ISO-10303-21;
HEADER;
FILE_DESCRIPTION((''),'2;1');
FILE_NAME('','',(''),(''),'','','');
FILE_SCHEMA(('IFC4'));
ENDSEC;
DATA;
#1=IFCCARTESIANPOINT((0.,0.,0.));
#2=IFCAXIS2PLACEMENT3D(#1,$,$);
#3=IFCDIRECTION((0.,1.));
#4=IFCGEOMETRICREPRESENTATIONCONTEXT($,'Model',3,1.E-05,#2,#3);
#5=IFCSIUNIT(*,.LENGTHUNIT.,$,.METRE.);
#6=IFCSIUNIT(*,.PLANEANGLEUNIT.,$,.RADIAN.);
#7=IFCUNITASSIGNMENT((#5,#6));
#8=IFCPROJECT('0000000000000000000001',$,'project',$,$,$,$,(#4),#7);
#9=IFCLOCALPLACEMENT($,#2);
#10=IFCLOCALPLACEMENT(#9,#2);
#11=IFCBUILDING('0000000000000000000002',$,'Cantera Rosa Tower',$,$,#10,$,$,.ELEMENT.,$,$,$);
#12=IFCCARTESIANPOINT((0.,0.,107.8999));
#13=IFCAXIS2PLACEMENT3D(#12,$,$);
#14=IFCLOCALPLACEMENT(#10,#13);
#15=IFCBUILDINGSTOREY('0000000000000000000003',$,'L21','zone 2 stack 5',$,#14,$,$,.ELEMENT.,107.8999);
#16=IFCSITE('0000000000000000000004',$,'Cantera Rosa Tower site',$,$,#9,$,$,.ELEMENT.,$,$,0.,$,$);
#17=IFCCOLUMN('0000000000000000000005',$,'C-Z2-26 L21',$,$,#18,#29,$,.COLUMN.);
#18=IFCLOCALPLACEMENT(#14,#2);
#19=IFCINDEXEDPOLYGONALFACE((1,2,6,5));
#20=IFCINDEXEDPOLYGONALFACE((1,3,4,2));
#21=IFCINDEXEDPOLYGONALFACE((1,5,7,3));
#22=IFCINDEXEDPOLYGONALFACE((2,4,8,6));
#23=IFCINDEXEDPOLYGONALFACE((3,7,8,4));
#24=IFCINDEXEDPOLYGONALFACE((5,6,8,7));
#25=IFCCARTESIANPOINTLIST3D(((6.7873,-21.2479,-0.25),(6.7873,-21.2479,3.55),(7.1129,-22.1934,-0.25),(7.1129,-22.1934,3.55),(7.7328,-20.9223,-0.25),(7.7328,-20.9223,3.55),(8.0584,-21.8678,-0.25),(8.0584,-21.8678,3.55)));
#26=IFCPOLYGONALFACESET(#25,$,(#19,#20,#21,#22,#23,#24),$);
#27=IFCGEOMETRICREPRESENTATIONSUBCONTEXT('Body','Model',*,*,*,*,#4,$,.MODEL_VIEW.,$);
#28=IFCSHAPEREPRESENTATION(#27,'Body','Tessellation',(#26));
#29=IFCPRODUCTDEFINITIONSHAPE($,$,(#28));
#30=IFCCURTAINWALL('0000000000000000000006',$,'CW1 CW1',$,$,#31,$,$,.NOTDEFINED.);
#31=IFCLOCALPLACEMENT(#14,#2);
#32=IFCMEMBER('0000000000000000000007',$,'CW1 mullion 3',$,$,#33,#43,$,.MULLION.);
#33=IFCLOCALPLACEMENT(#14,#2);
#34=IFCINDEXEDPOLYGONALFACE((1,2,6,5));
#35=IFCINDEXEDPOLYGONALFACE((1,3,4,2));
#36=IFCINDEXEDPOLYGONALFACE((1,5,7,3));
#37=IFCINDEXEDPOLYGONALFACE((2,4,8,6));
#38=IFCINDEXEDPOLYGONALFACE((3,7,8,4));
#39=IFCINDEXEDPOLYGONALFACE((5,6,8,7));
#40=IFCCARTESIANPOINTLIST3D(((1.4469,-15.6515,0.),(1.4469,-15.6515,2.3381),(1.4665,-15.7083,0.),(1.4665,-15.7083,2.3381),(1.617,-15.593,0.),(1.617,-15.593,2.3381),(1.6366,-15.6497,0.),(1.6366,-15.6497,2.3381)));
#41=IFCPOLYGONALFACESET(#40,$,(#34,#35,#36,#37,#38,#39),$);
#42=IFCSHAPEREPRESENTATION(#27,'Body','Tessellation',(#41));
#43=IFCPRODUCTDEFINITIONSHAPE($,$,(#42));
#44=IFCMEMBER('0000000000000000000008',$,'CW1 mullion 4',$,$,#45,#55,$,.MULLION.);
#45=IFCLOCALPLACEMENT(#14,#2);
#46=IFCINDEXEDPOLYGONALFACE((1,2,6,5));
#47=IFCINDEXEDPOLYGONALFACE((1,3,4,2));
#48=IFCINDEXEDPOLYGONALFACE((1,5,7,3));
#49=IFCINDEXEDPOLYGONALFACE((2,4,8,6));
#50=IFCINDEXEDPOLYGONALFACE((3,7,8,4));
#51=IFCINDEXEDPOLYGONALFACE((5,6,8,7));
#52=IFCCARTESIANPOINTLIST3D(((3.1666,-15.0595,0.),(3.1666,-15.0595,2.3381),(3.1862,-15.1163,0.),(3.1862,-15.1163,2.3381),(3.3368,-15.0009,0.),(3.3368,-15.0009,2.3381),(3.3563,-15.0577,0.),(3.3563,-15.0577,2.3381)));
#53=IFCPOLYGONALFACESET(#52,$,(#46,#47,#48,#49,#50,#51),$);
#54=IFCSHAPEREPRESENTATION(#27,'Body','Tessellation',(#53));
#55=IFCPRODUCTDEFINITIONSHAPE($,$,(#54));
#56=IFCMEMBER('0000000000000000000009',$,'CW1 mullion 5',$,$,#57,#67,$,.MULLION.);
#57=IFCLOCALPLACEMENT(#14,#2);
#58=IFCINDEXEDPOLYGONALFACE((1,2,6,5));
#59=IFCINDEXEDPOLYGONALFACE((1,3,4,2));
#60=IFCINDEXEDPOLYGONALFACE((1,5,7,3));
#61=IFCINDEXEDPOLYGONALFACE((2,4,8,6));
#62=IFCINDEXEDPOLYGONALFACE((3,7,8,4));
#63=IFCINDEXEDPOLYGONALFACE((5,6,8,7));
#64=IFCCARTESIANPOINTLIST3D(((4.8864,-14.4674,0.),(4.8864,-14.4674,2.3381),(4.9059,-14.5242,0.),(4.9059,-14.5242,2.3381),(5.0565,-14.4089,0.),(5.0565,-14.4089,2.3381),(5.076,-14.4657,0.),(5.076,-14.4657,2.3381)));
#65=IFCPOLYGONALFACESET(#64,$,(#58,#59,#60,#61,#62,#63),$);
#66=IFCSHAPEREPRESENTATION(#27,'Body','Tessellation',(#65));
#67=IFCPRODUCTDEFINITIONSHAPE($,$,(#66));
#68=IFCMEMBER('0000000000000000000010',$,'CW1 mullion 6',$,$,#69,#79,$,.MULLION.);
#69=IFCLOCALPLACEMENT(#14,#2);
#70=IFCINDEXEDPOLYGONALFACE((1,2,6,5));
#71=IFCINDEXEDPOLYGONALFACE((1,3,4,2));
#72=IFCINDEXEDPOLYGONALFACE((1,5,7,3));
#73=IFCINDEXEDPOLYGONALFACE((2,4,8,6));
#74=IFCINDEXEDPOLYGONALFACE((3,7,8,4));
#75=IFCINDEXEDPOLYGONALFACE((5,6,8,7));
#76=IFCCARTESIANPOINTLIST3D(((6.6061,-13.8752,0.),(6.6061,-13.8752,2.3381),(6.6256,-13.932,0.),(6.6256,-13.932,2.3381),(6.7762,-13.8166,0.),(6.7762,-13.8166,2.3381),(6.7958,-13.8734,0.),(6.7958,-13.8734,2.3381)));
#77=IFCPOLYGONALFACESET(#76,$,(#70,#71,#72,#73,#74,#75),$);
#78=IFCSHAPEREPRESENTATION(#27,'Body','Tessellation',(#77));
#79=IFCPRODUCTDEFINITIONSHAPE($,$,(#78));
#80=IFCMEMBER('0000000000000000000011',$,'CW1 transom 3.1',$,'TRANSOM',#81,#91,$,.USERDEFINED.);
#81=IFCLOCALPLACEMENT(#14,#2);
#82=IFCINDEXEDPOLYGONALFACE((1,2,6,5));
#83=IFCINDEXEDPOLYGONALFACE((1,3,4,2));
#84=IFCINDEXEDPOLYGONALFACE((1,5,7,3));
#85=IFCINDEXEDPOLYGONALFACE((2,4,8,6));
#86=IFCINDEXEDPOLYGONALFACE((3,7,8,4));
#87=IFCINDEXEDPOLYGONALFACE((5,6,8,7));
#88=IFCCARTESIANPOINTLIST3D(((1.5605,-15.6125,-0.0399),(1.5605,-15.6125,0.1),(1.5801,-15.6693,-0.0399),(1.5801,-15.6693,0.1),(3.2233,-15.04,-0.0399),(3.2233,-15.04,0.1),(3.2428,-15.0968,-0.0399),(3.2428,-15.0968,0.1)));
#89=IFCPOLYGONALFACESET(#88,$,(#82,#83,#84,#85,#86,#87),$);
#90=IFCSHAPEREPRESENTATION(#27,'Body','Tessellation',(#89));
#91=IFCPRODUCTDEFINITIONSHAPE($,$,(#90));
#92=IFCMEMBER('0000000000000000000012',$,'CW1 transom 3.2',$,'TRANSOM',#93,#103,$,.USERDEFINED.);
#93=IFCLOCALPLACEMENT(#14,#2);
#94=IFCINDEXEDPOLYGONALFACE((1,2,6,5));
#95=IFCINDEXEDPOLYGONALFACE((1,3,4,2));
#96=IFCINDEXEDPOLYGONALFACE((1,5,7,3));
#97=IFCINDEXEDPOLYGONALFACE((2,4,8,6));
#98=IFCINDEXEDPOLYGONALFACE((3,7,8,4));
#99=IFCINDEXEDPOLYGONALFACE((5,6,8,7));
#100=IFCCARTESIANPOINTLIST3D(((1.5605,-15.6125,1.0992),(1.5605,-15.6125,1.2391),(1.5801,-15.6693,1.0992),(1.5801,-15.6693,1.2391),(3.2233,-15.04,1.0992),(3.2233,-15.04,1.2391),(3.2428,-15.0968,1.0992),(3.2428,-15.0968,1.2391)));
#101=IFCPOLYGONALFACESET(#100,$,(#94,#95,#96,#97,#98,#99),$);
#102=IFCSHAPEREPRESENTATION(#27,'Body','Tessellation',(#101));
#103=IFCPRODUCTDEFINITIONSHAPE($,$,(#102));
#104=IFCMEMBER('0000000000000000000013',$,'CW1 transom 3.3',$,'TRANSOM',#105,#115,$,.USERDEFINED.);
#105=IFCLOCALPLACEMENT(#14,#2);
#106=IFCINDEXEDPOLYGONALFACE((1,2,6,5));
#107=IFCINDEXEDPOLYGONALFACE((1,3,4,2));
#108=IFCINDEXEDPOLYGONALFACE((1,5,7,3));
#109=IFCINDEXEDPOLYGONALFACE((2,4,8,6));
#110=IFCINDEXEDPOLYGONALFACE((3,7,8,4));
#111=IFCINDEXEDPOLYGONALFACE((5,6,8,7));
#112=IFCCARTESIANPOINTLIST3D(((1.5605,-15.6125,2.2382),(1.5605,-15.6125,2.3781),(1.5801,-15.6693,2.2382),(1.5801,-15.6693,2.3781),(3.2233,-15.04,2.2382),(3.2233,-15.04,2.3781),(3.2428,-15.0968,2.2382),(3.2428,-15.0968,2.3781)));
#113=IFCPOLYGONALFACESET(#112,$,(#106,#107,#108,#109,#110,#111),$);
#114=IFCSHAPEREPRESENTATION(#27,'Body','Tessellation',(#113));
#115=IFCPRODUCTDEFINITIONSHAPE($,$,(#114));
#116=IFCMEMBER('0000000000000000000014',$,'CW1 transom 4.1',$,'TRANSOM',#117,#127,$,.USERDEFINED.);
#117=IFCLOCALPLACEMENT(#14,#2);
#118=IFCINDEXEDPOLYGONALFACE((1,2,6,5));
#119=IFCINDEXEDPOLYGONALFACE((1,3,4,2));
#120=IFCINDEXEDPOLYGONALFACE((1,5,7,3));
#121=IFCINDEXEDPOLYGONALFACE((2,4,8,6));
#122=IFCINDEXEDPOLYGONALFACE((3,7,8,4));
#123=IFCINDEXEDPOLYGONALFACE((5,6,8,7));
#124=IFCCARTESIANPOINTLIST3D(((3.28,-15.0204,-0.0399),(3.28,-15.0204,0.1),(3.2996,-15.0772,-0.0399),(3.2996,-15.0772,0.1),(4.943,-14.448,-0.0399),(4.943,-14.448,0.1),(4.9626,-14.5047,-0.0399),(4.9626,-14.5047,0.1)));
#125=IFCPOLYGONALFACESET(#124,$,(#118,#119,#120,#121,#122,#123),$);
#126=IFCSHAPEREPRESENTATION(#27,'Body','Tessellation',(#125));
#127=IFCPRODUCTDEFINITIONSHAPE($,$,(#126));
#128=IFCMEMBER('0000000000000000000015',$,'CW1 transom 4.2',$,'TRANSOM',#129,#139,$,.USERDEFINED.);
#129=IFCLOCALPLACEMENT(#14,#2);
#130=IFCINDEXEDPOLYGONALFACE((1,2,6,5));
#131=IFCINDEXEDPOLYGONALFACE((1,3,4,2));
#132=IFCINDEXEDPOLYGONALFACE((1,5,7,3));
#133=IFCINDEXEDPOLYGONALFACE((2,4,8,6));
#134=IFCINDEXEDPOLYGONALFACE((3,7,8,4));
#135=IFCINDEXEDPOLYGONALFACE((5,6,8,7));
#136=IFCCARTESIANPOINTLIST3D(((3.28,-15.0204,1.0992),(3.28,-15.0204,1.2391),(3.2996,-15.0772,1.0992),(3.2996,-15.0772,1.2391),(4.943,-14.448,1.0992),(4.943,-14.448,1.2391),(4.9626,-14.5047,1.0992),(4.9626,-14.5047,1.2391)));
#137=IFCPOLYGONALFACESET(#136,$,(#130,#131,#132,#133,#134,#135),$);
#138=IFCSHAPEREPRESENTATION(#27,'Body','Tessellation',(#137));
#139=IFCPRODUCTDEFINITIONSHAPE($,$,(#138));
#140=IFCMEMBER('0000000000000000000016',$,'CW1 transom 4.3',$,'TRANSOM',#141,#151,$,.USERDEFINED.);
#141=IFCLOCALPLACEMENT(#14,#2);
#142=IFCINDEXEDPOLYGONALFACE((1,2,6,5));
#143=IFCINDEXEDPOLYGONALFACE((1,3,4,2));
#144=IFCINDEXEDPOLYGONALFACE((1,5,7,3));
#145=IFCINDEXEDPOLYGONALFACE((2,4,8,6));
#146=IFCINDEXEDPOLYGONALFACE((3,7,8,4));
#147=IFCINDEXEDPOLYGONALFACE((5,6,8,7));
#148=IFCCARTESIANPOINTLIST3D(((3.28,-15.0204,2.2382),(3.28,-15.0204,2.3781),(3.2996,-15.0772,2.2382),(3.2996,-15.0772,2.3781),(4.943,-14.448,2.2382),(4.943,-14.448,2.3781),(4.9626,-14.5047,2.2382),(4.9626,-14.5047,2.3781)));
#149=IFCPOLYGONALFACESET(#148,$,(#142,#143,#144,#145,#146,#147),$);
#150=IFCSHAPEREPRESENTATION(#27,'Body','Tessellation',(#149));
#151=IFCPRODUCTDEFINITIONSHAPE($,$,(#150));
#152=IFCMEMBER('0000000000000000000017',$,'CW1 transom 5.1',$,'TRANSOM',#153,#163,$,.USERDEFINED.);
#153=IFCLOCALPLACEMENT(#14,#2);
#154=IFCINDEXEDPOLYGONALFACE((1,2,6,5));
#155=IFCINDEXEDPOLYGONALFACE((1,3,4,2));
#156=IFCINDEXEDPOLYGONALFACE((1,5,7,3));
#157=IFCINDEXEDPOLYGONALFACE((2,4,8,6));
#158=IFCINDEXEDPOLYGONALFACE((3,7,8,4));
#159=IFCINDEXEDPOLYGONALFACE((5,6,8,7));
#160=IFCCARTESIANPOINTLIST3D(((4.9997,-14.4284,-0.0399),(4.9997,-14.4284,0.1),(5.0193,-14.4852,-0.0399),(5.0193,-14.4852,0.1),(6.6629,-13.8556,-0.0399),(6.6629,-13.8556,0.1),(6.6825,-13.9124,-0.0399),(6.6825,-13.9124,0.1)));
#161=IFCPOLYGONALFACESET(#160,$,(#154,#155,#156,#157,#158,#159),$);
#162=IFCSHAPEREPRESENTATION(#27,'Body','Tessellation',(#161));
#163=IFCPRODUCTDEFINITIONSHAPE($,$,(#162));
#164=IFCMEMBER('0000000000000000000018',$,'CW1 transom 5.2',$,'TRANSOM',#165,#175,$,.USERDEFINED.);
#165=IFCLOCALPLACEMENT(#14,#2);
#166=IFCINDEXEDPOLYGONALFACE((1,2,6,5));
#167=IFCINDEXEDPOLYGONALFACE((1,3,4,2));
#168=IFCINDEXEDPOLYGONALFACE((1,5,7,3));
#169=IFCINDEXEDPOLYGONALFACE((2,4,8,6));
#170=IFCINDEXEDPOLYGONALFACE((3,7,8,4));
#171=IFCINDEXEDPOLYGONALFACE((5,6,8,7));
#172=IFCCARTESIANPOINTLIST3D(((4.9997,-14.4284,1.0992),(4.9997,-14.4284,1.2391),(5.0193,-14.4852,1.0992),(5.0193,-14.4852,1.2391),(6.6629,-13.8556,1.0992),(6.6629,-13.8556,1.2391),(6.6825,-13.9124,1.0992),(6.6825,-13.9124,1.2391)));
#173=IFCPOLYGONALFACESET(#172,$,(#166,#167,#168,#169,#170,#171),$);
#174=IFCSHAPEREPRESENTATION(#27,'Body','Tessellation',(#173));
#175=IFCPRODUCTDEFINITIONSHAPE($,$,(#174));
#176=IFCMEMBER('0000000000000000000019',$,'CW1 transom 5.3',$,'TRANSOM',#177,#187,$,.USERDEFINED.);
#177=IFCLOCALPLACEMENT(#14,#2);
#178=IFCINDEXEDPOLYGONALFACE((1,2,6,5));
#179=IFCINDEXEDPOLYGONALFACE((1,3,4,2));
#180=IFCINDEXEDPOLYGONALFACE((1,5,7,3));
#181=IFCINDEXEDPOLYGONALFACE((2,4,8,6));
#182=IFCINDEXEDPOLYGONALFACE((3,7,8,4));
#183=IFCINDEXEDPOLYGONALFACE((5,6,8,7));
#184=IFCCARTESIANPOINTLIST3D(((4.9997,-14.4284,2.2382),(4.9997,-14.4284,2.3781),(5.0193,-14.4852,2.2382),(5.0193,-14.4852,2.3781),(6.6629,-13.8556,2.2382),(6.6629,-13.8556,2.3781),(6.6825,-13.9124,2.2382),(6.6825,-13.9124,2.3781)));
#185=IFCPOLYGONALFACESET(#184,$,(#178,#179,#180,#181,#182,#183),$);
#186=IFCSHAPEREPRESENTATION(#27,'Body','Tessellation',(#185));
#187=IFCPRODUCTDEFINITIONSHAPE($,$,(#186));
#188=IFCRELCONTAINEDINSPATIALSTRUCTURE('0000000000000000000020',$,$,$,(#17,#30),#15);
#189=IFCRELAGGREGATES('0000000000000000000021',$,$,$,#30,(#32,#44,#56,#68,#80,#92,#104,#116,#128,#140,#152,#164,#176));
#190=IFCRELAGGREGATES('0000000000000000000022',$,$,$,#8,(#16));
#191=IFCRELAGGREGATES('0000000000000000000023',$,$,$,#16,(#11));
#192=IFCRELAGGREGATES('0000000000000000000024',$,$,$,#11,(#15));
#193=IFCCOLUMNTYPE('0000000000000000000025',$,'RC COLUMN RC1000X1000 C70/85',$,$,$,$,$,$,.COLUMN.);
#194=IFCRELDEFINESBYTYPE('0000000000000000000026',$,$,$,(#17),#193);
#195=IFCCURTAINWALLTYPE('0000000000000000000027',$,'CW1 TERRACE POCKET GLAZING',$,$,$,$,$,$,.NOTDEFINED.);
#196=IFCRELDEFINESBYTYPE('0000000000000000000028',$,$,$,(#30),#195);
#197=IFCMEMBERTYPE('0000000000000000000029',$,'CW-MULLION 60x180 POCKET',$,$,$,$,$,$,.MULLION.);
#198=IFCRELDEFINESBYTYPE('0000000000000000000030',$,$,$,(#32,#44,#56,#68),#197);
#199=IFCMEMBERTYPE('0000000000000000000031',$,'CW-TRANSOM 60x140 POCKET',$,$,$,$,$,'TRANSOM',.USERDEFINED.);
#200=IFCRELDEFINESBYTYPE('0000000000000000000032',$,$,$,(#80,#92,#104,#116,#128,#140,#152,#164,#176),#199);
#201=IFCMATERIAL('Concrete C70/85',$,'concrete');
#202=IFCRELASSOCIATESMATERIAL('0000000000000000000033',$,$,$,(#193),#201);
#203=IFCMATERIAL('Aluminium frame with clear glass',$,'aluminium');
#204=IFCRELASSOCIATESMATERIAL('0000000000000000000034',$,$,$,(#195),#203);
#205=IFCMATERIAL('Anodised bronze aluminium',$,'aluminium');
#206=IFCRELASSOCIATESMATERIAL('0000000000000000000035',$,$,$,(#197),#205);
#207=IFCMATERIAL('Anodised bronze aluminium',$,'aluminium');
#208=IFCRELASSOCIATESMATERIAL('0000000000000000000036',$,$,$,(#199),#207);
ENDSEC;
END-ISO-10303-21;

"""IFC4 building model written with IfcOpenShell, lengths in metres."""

from ifc_helpers import new_model, si_unit, direction, frame, origin, origin_2d, place, context, subcontext, project, spatial, rectangle, extrude, material, material_profile, profile_set, type_object, element, aggregate, save


model = new_model("IFC4")

# Units and contexts
model_context = context("Model", 3, precision=1e-05, world=origin(), true_north=direction((0.0, 1.0)))
body_context = subcontext(model_context, "Body", "Model", "MODEL_VIEW")
ifc_project = project(units=[si_unit("LENGTHUNIT", "METRE"), si_unit("PLANEANGLEUNIT", "RADIAN")], contexts=[model_context])

# Site, building, storey
site_placement = place(None, origin())
site = spatial("IfcSite", under=ifc_project, at=site_placement, Name="Cantera Rosa Tower site", CompositionType="ELEMENT", RefElevation=0.0)
building_placement = place(site_placement, origin())
building = spatial("IfcBuilding", under=site, at=building_placement, Name="Cantera Rosa Tower", CompositionType="ELEMENT")
storey_placement = place(building_placement, frame((0.0, 0.0, 107.8999)))
storey = spatial("IfcBuildingStorey", under=building, at=storey_placement, Name="L21", Description="zone 2 stack 5", CompositionType="ELEMENT", Elevation=107.8999)

# Column
ifc_material_1 = material(Name="Concrete C70/85", Category="concrete")
ifc_material_profile_1 = material_profile(ifc_material_1, rectangle(XDim=1.0, YDim=1.0, at=origin_2d()), Name="RC COLUMN RC1000X1000 C70/85")
ifc_profile_set_1 = profile_set([ifc_material_profile_1], Name="Concrete C70/85")
column_type = type_object("IfcColumnType", Name="RC COLUMN RC1000X1000 C70/85", PredefinedType="COLUMN", material=ifc_profile_set_1)
column_placement = place(storey_placement, frame((7.4229, -21.5579, -0.25), z_axis=(0.0, 0.0, 1.0), x_axis=(0.945519, 0.325568, 0.0)))
element("IfcColumn", 1, at=column_placement, inside=storey, type_object=column_type, Name="C-Z2-26 L21", PredefinedType="COLUMN", context=body_context, shape_type="SweptSolid", body=[
    extrude(rectangle(XDim=1.0, YDim=1.0, at=origin_2d()), origin(), (0.0, 0.0, 1.0), 3.8),
])

# Curtain wall, members
ifc_material_2 = material(Name="Aluminium frame with clear glass", Category="aluminium")
curtain_wall_type = type_object("IfcCurtainWallType", Name="CW1 TERRACE POCKET GLAZING", PredefinedType="NOTDEFINED", material=ifc_material_2)
curtain_wall_placement = place(storey_placement, origin())
curtain_wall = element("IfcCurtainWall", 2, at=curtain_wall_placement, inside=storey, type_object=curtain_wall_type, Name="CW1 CW1", PredefinedType="NOTDEFINED")
ifc_material_3 = material(Name="Anodised bronze aluminium", Category="aluminium")
ifc_material_profile_2 = material_profile(ifc_material_3, rectangle(XDim=0.0601, YDim=0.1799, at=origin_2d()), Name="CW-MULLION 60x180 POCKET")
ifc_profile_set_2 = profile_set([ifc_material_profile_2], Name="Anodised bronze aluminium")
member_type_1 = type_object("IfcMemberType", Name="CW-MULLION 60x180 POCKET", PredefinedType="MULLION", material=ifc_profile_set_2)
member_1_placement = place(storey_placement, frame((1.5417, -15.6506, 0.0), z_axis=(0.0, 0.0, 1.0), x_axis=(-0.325568, 0.945519, 0.0)))
member_1 = element("IfcMember", 3, at=member_1_placement, type_object=member_type_1, Name="CW1 mullion 3", PredefinedType="MULLION", context=body_context, shape_type="SweptSolid", body=[
    extrude(rectangle(XDim=0.0601, YDim=0.1799, at=origin_2d()), origin(), (0.0, 0.0, 1.0), 2.3381),
])
member_2_placement = place(storey_placement, frame((3.2615, -15.0586, 0.0), z_axis=(0.0, 0.0, 1.0), x_axis=(-0.325568, 0.945519, 0.0)))
member_2 = element("IfcMember", 4, at=member_2_placement, type_object=member_type_1, Name="CW1 mullion 4", PredefinedType="MULLION", context=body_context, shape_type="SweptSolid", body=[
    extrude(rectangle(XDim=0.0601, YDim=0.1799, at=origin_2d()), origin(), (0.0, 0.0, 1.0), 2.3381),
])
member_3_placement = place(storey_placement, frame((4.9812, -14.4666, 0.0), z_axis=(0.0, 0.0, 1.0), x_axis=(-0.325568, 0.945519, 0.0)))
member_3 = element("IfcMember", 5, at=member_3_placement, type_object=member_type_1, Name="CW1 mullion 5", PredefinedType="MULLION", context=body_context, shape_type="SweptSolid", body=[
    extrude(rectangle(XDim=0.0601, YDim=0.1799, at=origin_2d()), origin(), (0.0, 0.0, 1.0), 2.3381),
])
member_4_placement = place(storey_placement, frame((6.7009, -13.8743, 0.0), z_axis=(0.0, 0.0, 1.0), x_axis=(-0.325568, 0.945519, 0.0)))
member_4 = element("IfcMember", 6, at=member_4_placement, type_object=member_type_1, Name="CW1 mullion 6", PredefinedType="MULLION", context=body_context, shape_type="SweptSolid", body=[
    extrude(rectangle(XDim=0.0601, YDim=0.1799, at=origin_2d()), origin(), (0.0, 0.0, 1.0), 2.3381),
])
ifc_material_4 = material(Name="Anodised bronze aluminium", Category="aluminium")
ifc_material_profile_3 = material_profile(ifc_material_4, rectangle(XDim=0.0601, YDim=0.1399, at=origin_2d()), Name="CW-TRANSOM 60x140 POCKET")
ifc_profile_set_3 = profile_set([ifc_material_profile_3], Name="Anodised bronze aluminium")
member_type_2 = type_object("IfcMemberType", Name="CW-TRANSOM 60x140 POCKET", ElementType="TRANSOM", PredefinedType="USERDEFINED", material=ifc_profile_set_3)
member_5_placement = place(storey_placement, frame((1.5703, -15.6409, 0.03), z_axis=(0.945528, 0.325541, 0.0), x_axis=(-0.325541, 0.945528, 0.0)))
member_5 = element("IfcMember", 7, at=member_5_placement, type_object=member_type_2, Name="CW1 transom 3.1", ObjectType="TRANSOM", PredefinedType="USERDEFINED", context=body_context, shape_type="SweptSolid", body=[
    extrude(rectangle(XDim=0.0601, YDim=0.1399, at=origin_2d()), origin(), (0.0, 0.0, 1.0), 1.7585),
])
member_6_placement = place(storey_placement, frame((1.5703, -15.6409, 1.1692), z_axis=(0.945528, 0.325541, 0.0), x_axis=(-0.325541, 0.945528, 0.0)))
member_6 = element("IfcMember", 8, at=member_6_placement, type_object=member_type_2, Name="CW1 transom 3.2", ObjectType="TRANSOM", PredefinedType="USERDEFINED", context=body_context, shape_type="SweptSolid", body=[
    extrude(rectangle(XDim=0.0601, YDim=0.1399, at=origin_2d()), origin(), (0.0, 0.0, 1.0), 1.7585),
])
member_7_placement = place(storey_placement, frame((1.5703, -15.6409, 2.3081), z_axis=(0.945528, 0.325541, 0.0), x_axis=(-0.325541, 0.945528, 0.0)))
member_7 = element("IfcMember", 9, at=member_7_placement, type_object=member_type_2, Name="CW1 transom 3.3", ObjectType="TRANSOM", PredefinedType="USERDEFINED", context=body_context, shape_type="SweptSolid", body=[
    extrude(rectangle(XDim=0.0601, YDim=0.1399, at=origin_2d()), origin(), (0.0, 0.0, 1.0), 1.7585),
])
member_8_placement = place(storey_placement, frame((3.2898, -15.0488, 0.03), z_axis=(0.945542, 0.325499, 0.0), x_axis=(-0.325499, 0.945542, 0.0)))
member_8 = element("IfcMember", 10, at=member_8_placement, type_object=member_type_2, Name="CW1 transom 4.1", ObjectType="TRANSOM", PredefinedType="USERDEFINED", context=body_context, shape_type="SweptSolid", body=[
    extrude(rectangle(XDim=0.0601, YDim=0.1399, at=origin_2d()), origin(), (0.0, 0.0, 1.0), 1.7588),
])
member_9_placement = place(storey_placement, frame((3.2898, -15.0488, 1.1692), z_axis=(0.945542, 0.325499, 0.0), x_axis=(-0.325499, 0.945542, 0.0)))
member_9 = element("IfcMember", 11, at=member_9_placement, type_object=member_type_2, Name="CW1 transom 4.2", ObjectType="TRANSOM", PredefinedType="USERDEFINED", context=body_context, shape_type="SweptSolid", body=[
    extrude(rectangle(XDim=0.0601, YDim=0.1399, at=origin_2d()), origin(), (0.0, 0.0, 1.0), 1.7588),
])
member_10_placement = place(storey_placement, frame((3.2898, -15.0488, 2.3081), z_axis=(0.945542, 0.325499, 0.0), x_axis=(-0.325499, 0.945542, 0.0)))
member_10 = element("IfcMember", 12, at=member_10_placement, type_object=member_type_2, Name="CW1 transom 4.3", ObjectType="TRANSOM", PredefinedType="USERDEFINED", context=body_context, shape_type="SweptSolid", body=[
    extrude(rectangle(XDim=0.0601, YDim=0.1399, at=origin_2d()), origin(), (0.0, 0.0, 1.0), 1.7588),
])
member_11_placement = place(storey_placement, frame((5.0095, -14.4568, 0.03), z_axis=(0.9455, 0.325623, 0.0), x_axis=(-0.325623, 0.9455, 0.0)))
member_11 = element("IfcMember", 13, at=member_11_placement, type_object=member_type_2, Name="CW1 transom 5.1", ObjectType="TRANSOM", PredefinedType="USERDEFINED", context=body_context, shape_type="SweptSolid", body=[
    extrude(rectangle(XDim=0.0601, YDim=0.1399, at=origin_2d()), origin(), (0.0, 0.0, 1.0), 1.759),
])
member_12_placement = place(storey_placement, frame((5.0095, -14.4568, 1.1692), z_axis=(0.9455, 0.325623, 0.0), x_axis=(-0.325623, 0.9455, 0.0)))
member_12 = element("IfcMember", 14, at=member_12_placement, type_object=member_type_2, Name="CW1 transom 5.2", ObjectType="TRANSOM", PredefinedType="USERDEFINED", context=body_context, shape_type="SweptSolid", body=[
    extrude(rectangle(XDim=0.0601, YDim=0.1399, at=origin_2d()), origin(), (0.0, 0.0, 1.0), 1.759),
])
member_13_placement = place(storey_placement, frame((5.0095, -14.4568, 2.3081), z_axis=(0.9455, 0.325623, 0.0), x_axis=(-0.325623, 0.9455, 0.0)))
member_13 = element("IfcMember", 15, at=member_13_placement, type_object=member_type_2, Name="CW1 transom 5.3", ObjectType="TRANSOM", PredefinedType="USERDEFINED", context=body_context, shape_type="SweptSolid", body=[
    extrude(rectangle(XDim=0.0601, YDim=0.1399, at=origin_2d()), origin(), (0.0, 0.0, 1.0), 1.759),
])

aggregate(curtain_wall, [member_1, member_2, member_3, member_4, member_5, member_6, member_7, member_8, member_9, member_10, member_11, member_12, member_13])

save(model, "model.ifc")
